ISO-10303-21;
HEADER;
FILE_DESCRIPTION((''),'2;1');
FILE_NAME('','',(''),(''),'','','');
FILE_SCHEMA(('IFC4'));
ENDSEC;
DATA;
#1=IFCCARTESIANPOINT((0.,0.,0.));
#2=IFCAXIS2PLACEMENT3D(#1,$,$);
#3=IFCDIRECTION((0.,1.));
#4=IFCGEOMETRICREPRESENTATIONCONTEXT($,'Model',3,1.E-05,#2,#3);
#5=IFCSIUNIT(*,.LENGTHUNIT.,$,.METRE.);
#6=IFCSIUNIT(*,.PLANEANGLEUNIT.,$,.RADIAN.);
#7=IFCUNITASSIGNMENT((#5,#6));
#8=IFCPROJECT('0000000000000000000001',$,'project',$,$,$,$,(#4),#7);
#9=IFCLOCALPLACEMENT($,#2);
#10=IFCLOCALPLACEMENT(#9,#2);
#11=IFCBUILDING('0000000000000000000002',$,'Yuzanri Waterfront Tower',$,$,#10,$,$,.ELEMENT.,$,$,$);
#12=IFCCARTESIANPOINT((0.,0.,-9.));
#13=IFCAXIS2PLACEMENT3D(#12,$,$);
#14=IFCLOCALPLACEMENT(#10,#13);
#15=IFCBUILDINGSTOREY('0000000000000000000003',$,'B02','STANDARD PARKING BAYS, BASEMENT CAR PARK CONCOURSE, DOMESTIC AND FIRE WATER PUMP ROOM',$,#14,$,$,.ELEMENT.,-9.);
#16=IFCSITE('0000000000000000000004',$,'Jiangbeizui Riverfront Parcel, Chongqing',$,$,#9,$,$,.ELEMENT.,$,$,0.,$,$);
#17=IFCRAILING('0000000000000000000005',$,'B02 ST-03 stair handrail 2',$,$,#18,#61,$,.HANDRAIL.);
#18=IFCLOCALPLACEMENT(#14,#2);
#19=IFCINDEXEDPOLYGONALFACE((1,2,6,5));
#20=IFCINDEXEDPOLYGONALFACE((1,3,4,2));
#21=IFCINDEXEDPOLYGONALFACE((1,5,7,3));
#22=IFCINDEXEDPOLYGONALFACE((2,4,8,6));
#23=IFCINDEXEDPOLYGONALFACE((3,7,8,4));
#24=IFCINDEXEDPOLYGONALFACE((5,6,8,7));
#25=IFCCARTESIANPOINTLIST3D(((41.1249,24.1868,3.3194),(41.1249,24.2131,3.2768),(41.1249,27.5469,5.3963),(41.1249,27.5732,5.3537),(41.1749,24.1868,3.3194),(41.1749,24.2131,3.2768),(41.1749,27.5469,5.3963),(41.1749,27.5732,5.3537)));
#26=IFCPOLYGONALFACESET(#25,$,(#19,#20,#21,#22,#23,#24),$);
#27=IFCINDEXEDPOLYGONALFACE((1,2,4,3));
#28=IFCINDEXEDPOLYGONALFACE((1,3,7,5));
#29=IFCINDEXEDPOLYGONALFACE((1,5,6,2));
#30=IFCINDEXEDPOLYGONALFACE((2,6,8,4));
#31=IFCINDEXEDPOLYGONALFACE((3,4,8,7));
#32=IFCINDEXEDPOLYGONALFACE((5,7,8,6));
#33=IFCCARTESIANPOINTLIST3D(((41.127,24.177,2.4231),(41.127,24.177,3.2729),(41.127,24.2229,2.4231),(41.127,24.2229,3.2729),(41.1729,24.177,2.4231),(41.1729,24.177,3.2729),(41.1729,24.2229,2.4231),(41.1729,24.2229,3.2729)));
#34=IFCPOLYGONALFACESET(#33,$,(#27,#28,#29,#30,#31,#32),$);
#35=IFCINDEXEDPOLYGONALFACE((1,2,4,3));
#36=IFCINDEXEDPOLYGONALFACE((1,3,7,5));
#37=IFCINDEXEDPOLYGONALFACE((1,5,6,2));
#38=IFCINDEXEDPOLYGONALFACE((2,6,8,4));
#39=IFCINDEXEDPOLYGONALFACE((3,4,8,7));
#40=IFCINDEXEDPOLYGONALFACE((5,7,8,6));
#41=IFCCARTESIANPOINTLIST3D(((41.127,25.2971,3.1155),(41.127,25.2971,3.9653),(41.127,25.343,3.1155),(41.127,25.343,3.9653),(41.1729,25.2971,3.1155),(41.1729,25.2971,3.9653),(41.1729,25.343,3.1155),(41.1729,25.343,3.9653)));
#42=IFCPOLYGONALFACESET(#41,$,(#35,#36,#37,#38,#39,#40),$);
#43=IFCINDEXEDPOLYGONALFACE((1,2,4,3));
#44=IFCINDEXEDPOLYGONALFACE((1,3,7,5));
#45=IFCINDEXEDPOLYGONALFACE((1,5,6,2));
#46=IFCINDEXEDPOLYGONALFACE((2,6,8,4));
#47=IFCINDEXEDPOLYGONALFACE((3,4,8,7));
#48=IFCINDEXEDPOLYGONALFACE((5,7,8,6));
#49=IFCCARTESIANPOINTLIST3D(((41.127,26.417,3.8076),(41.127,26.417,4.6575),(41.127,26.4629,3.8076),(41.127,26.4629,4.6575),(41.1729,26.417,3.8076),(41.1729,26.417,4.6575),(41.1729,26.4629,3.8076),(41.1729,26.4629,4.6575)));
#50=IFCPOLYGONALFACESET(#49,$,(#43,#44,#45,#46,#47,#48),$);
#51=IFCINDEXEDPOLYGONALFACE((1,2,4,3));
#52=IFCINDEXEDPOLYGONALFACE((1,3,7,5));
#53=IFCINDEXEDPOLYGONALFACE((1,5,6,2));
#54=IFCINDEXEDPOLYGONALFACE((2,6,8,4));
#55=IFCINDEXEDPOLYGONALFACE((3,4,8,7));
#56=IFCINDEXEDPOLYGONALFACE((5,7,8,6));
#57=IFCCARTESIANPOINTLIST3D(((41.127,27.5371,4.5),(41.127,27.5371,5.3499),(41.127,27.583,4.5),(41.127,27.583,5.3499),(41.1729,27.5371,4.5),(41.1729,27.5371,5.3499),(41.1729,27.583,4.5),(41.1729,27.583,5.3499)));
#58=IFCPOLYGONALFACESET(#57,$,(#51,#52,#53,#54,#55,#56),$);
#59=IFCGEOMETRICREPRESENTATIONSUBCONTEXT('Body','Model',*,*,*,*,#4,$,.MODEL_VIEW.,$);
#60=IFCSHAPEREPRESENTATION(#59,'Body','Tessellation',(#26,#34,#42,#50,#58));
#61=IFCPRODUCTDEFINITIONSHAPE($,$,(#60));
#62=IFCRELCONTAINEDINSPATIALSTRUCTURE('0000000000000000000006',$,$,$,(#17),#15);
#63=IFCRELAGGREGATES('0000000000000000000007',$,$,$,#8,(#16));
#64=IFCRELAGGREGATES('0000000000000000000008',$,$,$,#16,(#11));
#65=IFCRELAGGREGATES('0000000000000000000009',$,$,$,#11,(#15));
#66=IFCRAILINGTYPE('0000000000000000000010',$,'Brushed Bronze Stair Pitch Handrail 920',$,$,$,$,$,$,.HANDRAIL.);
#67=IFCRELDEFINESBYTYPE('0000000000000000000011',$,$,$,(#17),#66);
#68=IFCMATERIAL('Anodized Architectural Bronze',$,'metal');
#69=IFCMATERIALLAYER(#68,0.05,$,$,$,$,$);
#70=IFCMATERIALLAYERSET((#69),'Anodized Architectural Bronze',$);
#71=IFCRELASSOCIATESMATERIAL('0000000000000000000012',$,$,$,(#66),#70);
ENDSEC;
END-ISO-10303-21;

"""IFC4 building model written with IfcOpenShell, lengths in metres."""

from ifc_helpers import new_model, si_unit, direction, frame, origin, origin_2d, place, context, subcontext, project, spatial, rectangle, extrude, source, transform, mapped, material, layer, layer_set, type_object, element, save


model = new_model("IFC4")

# Units and contexts
model_context = context("Model", 3, precision=1e-05, world=origin(), true_north=direction((0.0, 1.0)))
body_context = subcontext(model_context, "Body", "Model", "MODEL_VIEW")
ifc_project = project(units=[si_unit("LENGTHUNIT", "METRE"), si_unit("PLANEANGLEUNIT", "RADIAN")], contexts=[model_context])

# Site, building, storey
site_placement = place(None, origin())
site = spatial("IfcSite", under=ifc_project, at=site_placement, Name="Jiangbeizui Riverfront Parcel, Chongqing", CompositionType="ELEMENT", RefElevation=0.0)
building_placement = place(site_placement, origin())
building = spatial("IfcBuilding", under=site, at=building_placement, Name="Yuzanri Waterfront Tower", CompositionType="ELEMENT")
storey_placement = place(building_placement, frame((0.0, 0.0, -9.0)))
storey = spatial("IfcBuildingStorey", under=building, at=storey_placement, Name="B02", Description="STANDARD PARKING BAYS, BASEMENT CAR PARK CONCOURSE, DOMESTIC AND FIRE WATER PUMP ROOM", CompositionType="ELEMENT", Elevation=-9.0)

# Railing
ifc_material_1 = material(Name="Anodized Architectural Bronze", Category="metal")
ifc_layer_1 = layer(ifc_material_1, 0.05)
ifc_layer_set_1 = layer_set([ifc_layer_1], Name="Anodized Architectural Bronze")
railing_type_1 = type_object("IfcRailingType", Name="Brushed Bronze Stair Pitch Handrail 920", PredefinedType="HANDRAIL", material=ifc_layer_set_1)
shared_shape_1 = source(origin(), body_context, "Body", "SweptSolid", [
    extrude(rectangle(XDim=0.05, YDim=0.05, at=origin_2d()), frame((0.0, 0.0, 0.875), z_axis=(0.0, 0.850623, 0.525776), x_axis=(-1.0, 0.0, 0.0)), (0.0, 0.0, 1.0), 3.9502),
    extrude(rectangle(XDim=0.0459, YDim=0.0459, at=origin_2d()), origin(), (0.0, 0.0, 1.0), 0.8499),
    extrude(rectangle(XDim=0.0459, YDim=0.0459, at=origin_2d()), frame((0.0, 1.1201, 0.6924)), (0.0, 0.0, 1.0), 0.8499),
    extrude(rectangle(XDim=0.0459, YDim=0.0459, at=origin_2d()), frame((0.0, 2.24, 1.3845)), (0.0, 0.0, 1.0), 0.8499),
    extrude(rectangle(XDim=0.0459, YDim=0.0459, at=origin_2d()), frame((0.0, 3.3601, 2.0769)), (0.0, 0.0, 1.0), 0.8499),
])
railing_1_placement = place(storey_placement, frame((41.1499, 24.2, 2.4231)))
element("IfcRailing", 1, at=railing_1_placement, inside=storey, type_object=railing_type_1, Name="B02 ST-03 stair handrail 2", PredefinedType="HANDRAIL", context=body_context, shape_type="MappedRepresentation", body=[
    mapped(shared_shape_1, transform((0.0, 0.0, 0.0), scale=1.0)),
])

save(model, "model.ifc")
